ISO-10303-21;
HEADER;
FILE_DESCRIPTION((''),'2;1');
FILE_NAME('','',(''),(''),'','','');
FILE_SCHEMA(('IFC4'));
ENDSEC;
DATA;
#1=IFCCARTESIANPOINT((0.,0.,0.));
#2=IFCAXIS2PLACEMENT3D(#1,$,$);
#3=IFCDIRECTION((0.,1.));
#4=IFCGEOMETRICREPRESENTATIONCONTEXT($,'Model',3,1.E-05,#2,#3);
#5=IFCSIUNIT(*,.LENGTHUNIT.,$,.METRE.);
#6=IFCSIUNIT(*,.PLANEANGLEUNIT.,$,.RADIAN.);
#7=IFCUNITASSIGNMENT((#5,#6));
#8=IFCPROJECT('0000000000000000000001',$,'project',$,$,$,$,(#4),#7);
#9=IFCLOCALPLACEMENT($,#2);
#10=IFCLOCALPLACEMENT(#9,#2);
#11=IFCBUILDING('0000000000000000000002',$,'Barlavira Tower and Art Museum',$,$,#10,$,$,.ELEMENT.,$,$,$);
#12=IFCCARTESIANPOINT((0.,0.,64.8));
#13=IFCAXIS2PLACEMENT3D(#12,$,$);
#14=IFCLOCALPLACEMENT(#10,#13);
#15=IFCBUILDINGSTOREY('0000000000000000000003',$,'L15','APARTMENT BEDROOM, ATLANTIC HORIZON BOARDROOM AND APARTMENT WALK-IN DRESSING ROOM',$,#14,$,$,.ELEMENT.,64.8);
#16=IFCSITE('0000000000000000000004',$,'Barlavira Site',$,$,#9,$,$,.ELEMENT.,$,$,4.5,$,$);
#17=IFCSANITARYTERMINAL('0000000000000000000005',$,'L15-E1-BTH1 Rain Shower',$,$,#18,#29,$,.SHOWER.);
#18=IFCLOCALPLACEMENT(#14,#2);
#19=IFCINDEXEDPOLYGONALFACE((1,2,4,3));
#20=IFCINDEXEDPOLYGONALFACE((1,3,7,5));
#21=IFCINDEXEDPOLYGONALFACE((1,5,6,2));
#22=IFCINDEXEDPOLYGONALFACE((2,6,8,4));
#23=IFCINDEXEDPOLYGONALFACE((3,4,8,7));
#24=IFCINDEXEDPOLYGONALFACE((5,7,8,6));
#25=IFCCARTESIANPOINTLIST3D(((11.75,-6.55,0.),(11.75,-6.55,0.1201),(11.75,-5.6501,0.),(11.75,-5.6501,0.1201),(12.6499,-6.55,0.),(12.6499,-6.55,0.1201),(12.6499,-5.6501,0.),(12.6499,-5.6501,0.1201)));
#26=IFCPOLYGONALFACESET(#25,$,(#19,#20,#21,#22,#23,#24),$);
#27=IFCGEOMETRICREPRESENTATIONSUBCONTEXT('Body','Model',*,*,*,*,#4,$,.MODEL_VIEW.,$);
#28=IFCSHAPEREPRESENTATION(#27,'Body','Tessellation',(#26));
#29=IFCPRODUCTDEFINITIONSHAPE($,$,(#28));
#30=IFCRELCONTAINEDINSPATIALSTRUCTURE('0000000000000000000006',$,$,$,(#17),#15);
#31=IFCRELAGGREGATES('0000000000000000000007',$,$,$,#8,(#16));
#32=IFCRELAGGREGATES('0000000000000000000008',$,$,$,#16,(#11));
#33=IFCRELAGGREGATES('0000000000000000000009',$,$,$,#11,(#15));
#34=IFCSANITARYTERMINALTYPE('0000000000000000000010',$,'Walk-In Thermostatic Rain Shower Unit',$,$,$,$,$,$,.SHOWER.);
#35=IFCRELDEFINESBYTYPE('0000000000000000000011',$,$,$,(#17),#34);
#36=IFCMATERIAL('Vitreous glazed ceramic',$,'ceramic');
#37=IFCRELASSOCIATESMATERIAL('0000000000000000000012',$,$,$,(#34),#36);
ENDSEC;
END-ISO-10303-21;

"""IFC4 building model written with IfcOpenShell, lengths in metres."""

from ifc_helpers import new_model, si_unit, direction, frame, origin, origin_2d, place, context, subcontext, project, spatial, rectangle, extrude, material, type_object, element, save


model = new_model("IFC4")

# Units and contexts
model_context = context("Model", 3, precision=1e-05, world=origin(), true_north=direction((0.0, 1.0)))
body_context = subcontext(model_context, "Body", "Model", "MODEL_VIEW")
ifc_project = project(units=[si_unit("LENGTHUNIT", "METRE"), si_unit("PLANEANGLEUNIT", "RADIAN")], contexts=[model_context])

# Site, building, storey
site_placement = place(None, origin())
site = spatial("IfcSite", under=ifc_project, at=site_placement, Name="Barlavira Site", CompositionType="ELEMENT", RefElevation=4.5)
building_placement = place(site_placement, origin())
building = spatial("IfcBuilding", under=site, at=building_placement, Name="Barlavira Tower and Art Museum", CompositionType="ELEMENT")
storey_placement = place(building_placement, frame((0.0, 0.0, 64.8)))
storey = spatial("IfcBuildingStorey", under=building, at=storey_placement, Name="L15", Description="APARTMENT BEDROOM, ATLANTIC HORIZON BOARDROOM AND APARTMENT WALK-IN DRESSING ROOM", CompositionType="ELEMENT", Elevation=64.8)

# Sanitary terminal
ifc_material_1 = material(Name="Vitreous glazed ceramic", Category="ceramic")
sanitary_terminal_type_1 = type_object("IfcSanitaryTerminalType", Name="Walk-In Thermostatic Rain Shower Unit", PredefinedType="SHOWER", material=ifc_material_1)
sanitary_terminal_1_placement = place(storey_placement, frame((12.2, -6.1001, 0.0), z_axis=(0.0, 0.0, 1.0), x_axis=(1.0, 0.0, 0.0)))
element("IfcSanitaryTerminal", 1, at=sanitary_terminal_1_placement, inside=storey, type_object=sanitary_terminal_type_1, Name="L15-E1-BTH1 Rain Shower", PredefinedType="SHOWER", context=body_context, shape_type="SweptSolid", body=[
    extrude(rectangle(XDim=0.8999, YDim=0.8999, at=origin_2d()), origin(), (0.0, 0.0, 1.0), 0.1201),
])

save(model, "model.ifc")
